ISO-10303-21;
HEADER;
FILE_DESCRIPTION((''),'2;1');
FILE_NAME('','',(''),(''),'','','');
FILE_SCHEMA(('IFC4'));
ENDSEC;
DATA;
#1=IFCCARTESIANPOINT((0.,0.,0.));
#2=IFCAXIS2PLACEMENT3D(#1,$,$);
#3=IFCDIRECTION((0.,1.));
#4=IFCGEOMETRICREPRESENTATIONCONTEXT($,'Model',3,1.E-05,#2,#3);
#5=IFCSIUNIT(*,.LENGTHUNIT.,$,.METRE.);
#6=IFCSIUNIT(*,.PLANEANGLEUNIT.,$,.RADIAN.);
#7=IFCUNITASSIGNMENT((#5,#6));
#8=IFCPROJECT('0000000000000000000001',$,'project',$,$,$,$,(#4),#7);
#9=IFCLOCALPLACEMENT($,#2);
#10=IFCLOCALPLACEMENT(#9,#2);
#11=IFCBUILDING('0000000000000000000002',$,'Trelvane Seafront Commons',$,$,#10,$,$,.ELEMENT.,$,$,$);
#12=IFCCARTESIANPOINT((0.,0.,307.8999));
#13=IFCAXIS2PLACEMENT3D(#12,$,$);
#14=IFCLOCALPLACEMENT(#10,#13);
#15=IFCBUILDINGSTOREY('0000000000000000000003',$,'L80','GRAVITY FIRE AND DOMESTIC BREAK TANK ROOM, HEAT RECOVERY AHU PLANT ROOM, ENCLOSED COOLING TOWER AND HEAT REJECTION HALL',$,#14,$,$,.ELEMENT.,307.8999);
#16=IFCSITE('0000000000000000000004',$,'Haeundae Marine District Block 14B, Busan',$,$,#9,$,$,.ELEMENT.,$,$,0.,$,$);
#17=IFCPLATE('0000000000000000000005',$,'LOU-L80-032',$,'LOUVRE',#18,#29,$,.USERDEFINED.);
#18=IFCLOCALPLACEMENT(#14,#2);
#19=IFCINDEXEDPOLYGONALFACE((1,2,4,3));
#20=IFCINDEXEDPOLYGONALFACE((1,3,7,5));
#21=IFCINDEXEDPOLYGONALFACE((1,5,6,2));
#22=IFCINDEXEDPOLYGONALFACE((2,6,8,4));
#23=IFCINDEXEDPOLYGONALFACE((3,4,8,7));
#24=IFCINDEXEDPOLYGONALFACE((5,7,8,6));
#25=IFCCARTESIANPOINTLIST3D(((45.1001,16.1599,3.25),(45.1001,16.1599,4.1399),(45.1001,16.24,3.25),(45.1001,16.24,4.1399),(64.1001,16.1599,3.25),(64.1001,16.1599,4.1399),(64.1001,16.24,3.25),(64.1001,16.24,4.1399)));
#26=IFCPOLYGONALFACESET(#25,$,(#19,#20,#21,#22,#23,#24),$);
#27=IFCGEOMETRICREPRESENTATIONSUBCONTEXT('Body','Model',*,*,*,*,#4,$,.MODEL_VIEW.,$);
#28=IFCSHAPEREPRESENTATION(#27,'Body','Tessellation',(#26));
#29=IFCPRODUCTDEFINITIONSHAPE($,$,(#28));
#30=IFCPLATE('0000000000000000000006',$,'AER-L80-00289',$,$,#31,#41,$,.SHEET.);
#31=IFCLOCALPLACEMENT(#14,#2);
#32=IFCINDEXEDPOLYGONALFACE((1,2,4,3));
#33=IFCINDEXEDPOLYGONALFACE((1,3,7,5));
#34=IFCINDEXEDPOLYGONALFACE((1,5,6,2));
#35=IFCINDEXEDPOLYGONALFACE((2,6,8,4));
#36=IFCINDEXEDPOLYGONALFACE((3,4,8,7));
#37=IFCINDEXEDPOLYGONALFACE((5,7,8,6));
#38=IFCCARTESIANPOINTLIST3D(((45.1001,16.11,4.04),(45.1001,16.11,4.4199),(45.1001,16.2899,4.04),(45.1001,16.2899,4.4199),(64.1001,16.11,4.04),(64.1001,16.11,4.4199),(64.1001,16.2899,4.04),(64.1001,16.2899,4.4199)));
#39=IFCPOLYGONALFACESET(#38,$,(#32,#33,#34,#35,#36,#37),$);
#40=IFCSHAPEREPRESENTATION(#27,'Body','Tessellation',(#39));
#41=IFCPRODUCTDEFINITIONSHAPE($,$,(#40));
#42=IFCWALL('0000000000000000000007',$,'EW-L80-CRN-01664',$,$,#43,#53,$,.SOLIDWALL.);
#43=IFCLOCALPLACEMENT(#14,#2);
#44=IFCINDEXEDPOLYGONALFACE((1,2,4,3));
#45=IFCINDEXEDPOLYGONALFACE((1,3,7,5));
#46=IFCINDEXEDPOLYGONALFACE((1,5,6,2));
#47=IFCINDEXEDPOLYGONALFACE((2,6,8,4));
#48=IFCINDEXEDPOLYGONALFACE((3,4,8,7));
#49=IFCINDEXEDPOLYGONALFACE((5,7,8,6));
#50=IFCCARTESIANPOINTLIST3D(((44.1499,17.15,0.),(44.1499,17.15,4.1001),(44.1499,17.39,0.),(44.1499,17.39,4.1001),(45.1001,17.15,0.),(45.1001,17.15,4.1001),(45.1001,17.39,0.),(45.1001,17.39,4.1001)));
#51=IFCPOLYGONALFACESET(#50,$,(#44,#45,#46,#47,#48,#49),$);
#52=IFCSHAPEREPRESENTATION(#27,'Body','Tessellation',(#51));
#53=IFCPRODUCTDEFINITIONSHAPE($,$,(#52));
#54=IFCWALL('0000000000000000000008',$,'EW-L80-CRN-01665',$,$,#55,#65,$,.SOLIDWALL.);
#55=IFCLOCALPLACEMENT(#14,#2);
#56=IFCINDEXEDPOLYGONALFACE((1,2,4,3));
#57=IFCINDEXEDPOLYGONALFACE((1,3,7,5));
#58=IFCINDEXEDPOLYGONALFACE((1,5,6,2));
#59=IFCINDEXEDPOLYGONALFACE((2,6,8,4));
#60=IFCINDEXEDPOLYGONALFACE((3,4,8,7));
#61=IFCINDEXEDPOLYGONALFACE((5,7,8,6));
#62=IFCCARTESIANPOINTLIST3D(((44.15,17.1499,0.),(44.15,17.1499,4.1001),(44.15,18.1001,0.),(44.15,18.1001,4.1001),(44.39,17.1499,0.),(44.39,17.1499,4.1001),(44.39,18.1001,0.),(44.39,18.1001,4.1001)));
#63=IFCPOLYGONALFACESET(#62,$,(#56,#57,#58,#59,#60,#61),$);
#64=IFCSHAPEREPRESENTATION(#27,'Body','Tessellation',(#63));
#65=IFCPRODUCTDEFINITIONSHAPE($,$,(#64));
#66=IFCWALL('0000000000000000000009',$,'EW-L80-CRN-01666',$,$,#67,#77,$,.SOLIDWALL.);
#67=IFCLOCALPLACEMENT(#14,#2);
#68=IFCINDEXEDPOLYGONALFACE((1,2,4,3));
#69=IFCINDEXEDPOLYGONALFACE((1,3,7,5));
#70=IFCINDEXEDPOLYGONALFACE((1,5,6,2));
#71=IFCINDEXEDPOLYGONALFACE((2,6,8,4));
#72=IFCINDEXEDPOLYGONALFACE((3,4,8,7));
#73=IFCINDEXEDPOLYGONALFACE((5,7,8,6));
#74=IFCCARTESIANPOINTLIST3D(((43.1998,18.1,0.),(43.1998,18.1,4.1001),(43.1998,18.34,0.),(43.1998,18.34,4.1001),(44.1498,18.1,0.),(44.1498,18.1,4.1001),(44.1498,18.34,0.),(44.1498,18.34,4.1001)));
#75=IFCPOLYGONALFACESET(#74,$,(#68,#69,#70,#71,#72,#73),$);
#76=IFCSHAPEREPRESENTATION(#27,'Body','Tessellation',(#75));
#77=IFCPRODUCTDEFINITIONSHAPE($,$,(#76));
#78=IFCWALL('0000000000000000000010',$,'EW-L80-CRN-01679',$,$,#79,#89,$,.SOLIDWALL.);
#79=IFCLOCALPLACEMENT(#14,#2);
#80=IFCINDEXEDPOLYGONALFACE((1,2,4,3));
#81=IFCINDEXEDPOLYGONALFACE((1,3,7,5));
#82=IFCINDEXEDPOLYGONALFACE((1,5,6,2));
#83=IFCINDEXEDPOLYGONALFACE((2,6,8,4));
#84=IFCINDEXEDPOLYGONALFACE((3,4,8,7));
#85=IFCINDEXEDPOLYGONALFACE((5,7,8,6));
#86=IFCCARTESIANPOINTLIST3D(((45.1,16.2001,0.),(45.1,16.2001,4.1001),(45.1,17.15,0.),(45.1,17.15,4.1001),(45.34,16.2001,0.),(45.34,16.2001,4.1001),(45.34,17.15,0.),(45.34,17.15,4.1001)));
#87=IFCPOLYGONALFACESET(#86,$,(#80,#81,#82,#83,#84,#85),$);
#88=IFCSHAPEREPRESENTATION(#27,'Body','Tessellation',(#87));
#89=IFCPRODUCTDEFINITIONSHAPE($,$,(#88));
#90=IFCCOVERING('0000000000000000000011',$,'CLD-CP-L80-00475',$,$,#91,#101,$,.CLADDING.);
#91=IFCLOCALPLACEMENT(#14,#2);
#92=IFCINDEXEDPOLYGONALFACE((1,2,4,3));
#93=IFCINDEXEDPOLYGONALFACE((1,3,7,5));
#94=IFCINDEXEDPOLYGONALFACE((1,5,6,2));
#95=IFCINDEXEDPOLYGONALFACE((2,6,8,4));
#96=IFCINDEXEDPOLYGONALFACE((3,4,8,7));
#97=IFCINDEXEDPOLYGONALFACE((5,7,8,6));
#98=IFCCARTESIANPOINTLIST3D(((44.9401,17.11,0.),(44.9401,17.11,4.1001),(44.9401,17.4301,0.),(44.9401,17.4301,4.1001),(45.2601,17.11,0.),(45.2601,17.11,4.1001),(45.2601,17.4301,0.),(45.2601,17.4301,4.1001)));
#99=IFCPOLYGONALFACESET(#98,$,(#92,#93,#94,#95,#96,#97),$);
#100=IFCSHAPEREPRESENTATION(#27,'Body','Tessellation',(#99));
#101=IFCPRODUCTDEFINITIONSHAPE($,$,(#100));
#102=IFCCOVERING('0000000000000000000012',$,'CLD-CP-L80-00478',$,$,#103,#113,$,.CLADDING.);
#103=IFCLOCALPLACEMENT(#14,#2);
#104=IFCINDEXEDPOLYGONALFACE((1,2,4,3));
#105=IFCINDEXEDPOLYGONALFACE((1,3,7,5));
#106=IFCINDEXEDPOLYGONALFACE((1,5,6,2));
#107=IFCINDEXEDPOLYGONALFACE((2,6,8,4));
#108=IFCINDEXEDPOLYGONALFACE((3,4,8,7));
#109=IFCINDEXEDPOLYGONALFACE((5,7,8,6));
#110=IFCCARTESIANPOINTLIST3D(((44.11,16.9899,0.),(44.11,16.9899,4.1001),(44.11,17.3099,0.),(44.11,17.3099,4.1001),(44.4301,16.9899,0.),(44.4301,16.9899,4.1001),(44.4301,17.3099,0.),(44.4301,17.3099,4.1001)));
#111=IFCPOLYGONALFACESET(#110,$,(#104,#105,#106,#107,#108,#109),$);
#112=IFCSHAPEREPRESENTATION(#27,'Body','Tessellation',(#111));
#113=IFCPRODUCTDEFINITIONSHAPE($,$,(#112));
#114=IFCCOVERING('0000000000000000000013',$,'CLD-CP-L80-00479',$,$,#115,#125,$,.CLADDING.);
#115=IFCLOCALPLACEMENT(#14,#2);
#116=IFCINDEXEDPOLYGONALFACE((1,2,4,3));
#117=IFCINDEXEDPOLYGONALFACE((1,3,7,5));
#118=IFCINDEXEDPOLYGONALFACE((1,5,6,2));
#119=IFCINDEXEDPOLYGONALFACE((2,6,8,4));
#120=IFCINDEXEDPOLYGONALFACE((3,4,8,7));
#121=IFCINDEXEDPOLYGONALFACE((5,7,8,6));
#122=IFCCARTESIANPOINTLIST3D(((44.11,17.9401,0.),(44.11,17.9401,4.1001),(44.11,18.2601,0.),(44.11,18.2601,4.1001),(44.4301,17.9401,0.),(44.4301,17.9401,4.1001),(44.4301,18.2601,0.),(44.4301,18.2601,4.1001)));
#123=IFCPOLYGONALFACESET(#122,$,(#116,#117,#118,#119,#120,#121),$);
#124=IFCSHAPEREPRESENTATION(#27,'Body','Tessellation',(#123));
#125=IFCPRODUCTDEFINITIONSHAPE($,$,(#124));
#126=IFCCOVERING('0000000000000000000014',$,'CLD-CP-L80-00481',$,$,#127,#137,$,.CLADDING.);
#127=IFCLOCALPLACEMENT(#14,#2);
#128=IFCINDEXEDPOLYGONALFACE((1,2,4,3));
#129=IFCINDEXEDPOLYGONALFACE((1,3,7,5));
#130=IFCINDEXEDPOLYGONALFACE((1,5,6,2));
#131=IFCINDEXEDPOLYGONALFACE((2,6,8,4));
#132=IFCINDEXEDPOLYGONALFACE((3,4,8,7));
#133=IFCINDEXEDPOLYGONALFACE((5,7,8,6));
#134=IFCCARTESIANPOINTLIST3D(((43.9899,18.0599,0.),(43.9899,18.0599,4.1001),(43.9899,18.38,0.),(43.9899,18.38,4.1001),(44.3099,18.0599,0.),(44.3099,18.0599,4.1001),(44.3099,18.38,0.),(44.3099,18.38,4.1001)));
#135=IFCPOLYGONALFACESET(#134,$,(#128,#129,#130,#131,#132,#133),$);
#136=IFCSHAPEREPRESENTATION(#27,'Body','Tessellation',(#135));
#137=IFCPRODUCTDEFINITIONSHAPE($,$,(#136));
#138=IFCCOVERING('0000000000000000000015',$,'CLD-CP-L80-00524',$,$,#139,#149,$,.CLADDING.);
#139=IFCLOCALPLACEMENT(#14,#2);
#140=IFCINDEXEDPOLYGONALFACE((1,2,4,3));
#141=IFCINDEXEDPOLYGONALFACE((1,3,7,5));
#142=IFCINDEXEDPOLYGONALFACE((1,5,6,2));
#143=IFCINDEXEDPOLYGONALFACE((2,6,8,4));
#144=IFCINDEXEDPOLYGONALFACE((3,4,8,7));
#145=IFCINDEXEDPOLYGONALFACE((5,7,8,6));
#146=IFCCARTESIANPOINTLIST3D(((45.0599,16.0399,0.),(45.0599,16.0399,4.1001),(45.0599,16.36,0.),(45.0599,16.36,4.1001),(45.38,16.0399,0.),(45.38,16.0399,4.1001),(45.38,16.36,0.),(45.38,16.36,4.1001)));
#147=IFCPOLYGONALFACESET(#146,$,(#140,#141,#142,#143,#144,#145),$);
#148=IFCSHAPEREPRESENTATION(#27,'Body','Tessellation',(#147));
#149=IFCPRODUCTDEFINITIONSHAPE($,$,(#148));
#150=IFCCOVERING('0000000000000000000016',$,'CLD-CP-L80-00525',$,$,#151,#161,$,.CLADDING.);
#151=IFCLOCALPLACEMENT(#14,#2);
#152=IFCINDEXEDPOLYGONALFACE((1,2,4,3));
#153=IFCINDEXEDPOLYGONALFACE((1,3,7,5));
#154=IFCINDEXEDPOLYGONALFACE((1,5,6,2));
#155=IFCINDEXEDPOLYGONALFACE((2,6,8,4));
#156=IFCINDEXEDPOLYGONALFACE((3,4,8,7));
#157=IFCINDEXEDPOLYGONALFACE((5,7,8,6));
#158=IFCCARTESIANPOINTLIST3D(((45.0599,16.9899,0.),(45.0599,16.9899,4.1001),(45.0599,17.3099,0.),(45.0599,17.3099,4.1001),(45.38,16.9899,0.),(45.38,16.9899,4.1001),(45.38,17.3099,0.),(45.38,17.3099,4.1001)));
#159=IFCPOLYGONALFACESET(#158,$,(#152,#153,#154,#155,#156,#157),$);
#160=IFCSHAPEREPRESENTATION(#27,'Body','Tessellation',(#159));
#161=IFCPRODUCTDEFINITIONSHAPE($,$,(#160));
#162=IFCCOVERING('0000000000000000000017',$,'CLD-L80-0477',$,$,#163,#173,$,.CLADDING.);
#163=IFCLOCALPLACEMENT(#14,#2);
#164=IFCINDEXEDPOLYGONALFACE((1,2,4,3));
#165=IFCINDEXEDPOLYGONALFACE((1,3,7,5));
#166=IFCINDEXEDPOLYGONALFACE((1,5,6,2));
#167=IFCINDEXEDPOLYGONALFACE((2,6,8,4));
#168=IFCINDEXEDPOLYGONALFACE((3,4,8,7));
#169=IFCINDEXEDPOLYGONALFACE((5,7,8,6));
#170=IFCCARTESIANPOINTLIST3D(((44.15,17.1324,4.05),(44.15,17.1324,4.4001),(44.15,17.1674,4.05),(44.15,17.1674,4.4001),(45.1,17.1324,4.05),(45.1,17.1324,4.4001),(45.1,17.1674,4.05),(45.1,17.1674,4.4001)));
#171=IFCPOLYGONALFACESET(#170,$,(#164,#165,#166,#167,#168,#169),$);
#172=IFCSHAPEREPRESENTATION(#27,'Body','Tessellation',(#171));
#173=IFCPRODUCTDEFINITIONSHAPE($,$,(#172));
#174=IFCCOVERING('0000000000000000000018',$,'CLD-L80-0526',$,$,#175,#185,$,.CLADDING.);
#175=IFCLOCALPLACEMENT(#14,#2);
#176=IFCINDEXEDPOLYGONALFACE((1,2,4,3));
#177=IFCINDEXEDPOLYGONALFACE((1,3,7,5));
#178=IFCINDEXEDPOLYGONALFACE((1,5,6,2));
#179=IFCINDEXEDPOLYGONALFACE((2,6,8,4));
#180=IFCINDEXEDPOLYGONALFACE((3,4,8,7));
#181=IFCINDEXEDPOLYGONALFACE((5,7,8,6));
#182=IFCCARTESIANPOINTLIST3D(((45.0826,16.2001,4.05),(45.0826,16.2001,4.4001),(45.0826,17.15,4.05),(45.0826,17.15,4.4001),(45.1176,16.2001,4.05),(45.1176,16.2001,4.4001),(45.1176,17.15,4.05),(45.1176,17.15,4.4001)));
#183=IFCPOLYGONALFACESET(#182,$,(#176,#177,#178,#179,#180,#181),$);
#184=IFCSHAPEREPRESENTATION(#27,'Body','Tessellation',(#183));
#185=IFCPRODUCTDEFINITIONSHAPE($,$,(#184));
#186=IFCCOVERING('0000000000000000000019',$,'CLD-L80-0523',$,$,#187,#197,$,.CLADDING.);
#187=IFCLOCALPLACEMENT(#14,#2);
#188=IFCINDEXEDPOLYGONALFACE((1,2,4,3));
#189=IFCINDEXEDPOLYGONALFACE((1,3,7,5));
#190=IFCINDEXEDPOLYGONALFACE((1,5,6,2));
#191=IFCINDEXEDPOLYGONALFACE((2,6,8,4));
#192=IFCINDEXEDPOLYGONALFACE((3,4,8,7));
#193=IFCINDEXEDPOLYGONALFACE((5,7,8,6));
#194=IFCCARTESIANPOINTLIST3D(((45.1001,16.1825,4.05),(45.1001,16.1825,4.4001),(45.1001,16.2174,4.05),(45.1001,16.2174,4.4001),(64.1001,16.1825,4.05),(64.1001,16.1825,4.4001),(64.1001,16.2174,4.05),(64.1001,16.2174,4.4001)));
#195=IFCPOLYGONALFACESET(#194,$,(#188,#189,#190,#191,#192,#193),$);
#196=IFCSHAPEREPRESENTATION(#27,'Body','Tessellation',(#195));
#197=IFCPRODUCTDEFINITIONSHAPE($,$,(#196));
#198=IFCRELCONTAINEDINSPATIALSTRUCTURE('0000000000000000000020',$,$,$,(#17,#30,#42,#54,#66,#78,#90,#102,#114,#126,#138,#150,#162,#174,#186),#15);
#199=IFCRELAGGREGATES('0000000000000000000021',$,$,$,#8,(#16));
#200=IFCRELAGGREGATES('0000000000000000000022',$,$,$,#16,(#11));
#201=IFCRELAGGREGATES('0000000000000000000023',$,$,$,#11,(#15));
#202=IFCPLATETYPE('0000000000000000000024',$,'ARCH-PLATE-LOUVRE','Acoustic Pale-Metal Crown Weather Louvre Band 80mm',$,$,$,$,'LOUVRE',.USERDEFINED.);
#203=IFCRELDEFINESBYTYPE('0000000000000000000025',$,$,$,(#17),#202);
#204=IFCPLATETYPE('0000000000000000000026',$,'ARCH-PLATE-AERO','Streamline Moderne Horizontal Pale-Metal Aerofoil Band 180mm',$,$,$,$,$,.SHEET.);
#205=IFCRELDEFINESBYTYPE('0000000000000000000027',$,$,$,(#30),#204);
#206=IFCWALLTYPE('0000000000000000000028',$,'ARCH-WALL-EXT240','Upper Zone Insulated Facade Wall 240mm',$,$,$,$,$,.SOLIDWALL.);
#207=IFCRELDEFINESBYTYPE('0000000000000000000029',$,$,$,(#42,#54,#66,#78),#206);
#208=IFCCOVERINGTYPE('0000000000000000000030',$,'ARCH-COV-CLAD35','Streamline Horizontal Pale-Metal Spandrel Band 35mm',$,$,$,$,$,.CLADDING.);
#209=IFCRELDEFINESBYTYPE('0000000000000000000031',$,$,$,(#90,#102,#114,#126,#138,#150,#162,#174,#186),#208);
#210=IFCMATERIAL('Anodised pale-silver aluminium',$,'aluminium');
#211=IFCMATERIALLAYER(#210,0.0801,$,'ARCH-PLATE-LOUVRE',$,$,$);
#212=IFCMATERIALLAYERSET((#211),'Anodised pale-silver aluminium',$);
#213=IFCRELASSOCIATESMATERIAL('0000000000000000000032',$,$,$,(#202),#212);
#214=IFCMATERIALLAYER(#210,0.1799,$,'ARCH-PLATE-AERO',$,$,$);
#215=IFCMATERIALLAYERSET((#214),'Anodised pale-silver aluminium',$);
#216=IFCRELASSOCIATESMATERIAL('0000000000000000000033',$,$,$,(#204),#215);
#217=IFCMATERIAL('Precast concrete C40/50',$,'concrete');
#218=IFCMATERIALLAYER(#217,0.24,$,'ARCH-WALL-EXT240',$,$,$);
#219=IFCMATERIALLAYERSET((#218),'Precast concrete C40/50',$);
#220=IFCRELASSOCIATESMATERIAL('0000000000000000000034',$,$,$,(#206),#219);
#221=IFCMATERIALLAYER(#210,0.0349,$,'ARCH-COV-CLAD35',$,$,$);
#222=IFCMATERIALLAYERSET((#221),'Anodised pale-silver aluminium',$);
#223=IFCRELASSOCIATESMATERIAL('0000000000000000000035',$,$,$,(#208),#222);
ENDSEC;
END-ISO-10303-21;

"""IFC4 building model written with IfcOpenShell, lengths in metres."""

from ifc_helpers import new_model, si_unit, direction, frame, frame_2d, origin, origin_2d, place, context, subcontext, project, spatial, rectangle, extrude, source, transform, mapped, material, layer, layer_set, type_object, element, save


model = new_model("IFC4")

# Units and contexts
model_context = context("Model", 3, precision=1e-05, world=origin(), true_north=direction((0.0, 1.0)))
body_context = subcontext(model_context, "Body", "Model", "MODEL_VIEW")
ifc_project = project(units=[si_unit("LENGTHUNIT", "METRE"), si_unit("PLANEANGLEUNIT", "RADIAN")], contexts=[model_context])

# Site, building, storey
site_placement = place(None, origin())
site = spatial("IfcSite", under=ifc_project, at=site_placement, Name="Haeundae Marine District Block 14B, Busan", CompositionType="ELEMENT", RefElevation=0.0)
building_placement = place(site_placement, origin())
building = spatial("IfcBuilding", under=site, at=building_placement, Name="Trelvane Seafront Commons", CompositionType="ELEMENT")
storey_placement = place(building_placement, frame((0.0, 0.0, 307.8999)))
storey = spatial("IfcBuildingStorey", under=building, at=storey_placement, Name="L80", Description="GRAVITY FIRE AND DOMESTIC BREAK TANK ROOM, HEAT RECOVERY AHU PLANT ROOM, ENCLOSED COOLING TOWER AND HEAT REJECTION HALL", CompositionType="ELEMENT", Elevation=307.8999)

# Shared definitions
ifc_material_1 = material(Name="Anodised pale-silver aluminium", Category="aluminium")

# Plates
ifc_layer_1 = layer(ifc_material_1, 0.0801, Name="ARCH-PLATE-LOUVRE")
ifc_layer_set_1 = layer_set([ifc_layer_1], Name="Anodised pale-silver aluminium")
plate_type_1 = type_object("IfcPlateType", Name="ARCH-PLATE-LOUVRE", Description="Acoustic Pale-Metal Crown Weather Louvre Band 80mm", ElementType="LOUVRE", PredefinedType="USERDEFINED", material=ifc_layer_set_1)
shared_shape_1 = source(origin(), body_context, "Body", "SweptSolid", [
    extrude(rectangle(XDim=19.0, YDim=0.0801, at=origin_2d()), origin(), (0.0, 0.0, 1.0), 0.8899),
])
plate_1_placement = place(storey_placement, frame((54.6001, 16.2, 3.25), z_axis=(0.0, 0.0, 1.0), x_axis=(-1.0, 0.0, 0.0)))
element("IfcPlate", 1, at=plate_1_placement, inside=storey, type_object=plate_type_1, Name="LOU-L80-032", ObjectType="LOUVRE", PredefinedType="USERDEFINED", context=body_context, shape_type="MappedRepresentation", body=[
    mapped(shared_shape_1, transform((0.0, 0.0, 0.0), x_axis=(1.0, 0.0, 0.0), y_axis=(0.0, 1.0, 0.0), z_axis=(0.0, 0.0, 1.0), scale=1.0)),
])
ifc_layer_2 = layer(ifc_material_1, 0.1799, Name="ARCH-PLATE-AERO")
ifc_layer_set_2 = layer_set([ifc_layer_2], Name="Anodised pale-silver aluminium")
plate_type_2 = type_object("IfcPlateType", Name="ARCH-PLATE-AERO", Description="Streamline Moderne Horizontal Pale-Metal Aerofoil Band 180mm", PredefinedType="SHEET", material=ifc_layer_set_2)
shared_shape_2 = source(origin(), body_context, "Body", "SweptSolid", [
    extrude(rectangle(XDim=19.0, YDim=0.1799, at=origin_2d()), origin(), (0.0, 0.0, 1.0), 0.3799),
])
plate_2_placement = place(storey_placement, frame((54.6001, 16.2, 4.04), z_axis=(0.0, 0.0, 1.0), x_axis=(-1.0, 0.0, 0.0)))
element("IfcPlate", 2, at=plate_2_placement, inside=storey, type_object=plate_type_2, Name="AER-L80-00289", PredefinedType="SHEET", context=body_context, shape_type="MappedRepresentation", body=[
    mapped(shared_shape_2, transform((0.0, 0.0, 0.0), x_axis=(1.0, 0.0, 0.0), y_axis=(0.0, 1.0, 0.0), z_axis=(0.0, 0.0, 1.0), scale=1.0)),
])

# Walls
ifc_material_2 = material(Name="Precast concrete C40/50", Category="concrete")
ifc_layer_3 = layer(ifc_material_2, 0.24, Name="ARCH-WALL-EXT240")
ifc_layer_set_3 = layer_set([ifc_layer_3], Name="Precast concrete C40/50")
wall_type = type_object("IfcWallType", Name="ARCH-WALL-EXT240", Description="Upper Zone Insulated Facade Wall 240mm", PredefinedType="SOLIDWALL", material=ifc_layer_set_3)
for number, where, z_axis, x_axis, name in (
    (3, (45.1001, 17.27, 0.0), (0.0, 0.0, 1.0), (-1.0, 0.0, 0.0), "EW-L80-CRN-01664"),
    (4, (44.27, 17.1499, 0.0), (0.0, 0.0, 1.0), (0.0, 1.0, 0.0), "EW-L80-CRN-01665"),
):
    element("IfcWall", number, at=place(storey_placement, frame(where, z_axis=z_axis, x_axis=x_axis)), inside=storey, type_object=wall_type, Name=name, PredefinedType="SOLIDWALL", context=body_context, shape_type="SweptSolid", body=[
        extrude(rectangle(XDim=0.9502, YDim=0.24, at=frame_2d((0.4751, 0.0))), origin(), (0.0, 0.0, 1.0), 4.1001),
    ])
for number, where, z_axis, x_axis, name in (
    (5, (44.1499, 18.22, 0.0), (0.0, 0.0, 1.0), (-1.0, 0.0, 0.0), "EW-L80-CRN-01666"),
    (6, (45.22, 16.2, 0.0), (0.0, 0.0, 1.0), (0.0, 1.0, 0.0), "EW-L80-CRN-01679"),
):
    element("IfcWall", number, at=place(storey_placement, frame(where, z_axis=z_axis, x_axis=x_axis)), inside=storey, type_object=wall_type, Name=name, PredefinedType="SOLIDWALL", context=body_context, shape_type="SweptSolid", body=[
        extrude(rectangle(XDim=0.95, YDim=0.24, at=frame_2d((0.4751, 0.0))), origin(), (0.0, 0.0, 1.0), 4.1001),
    ])

# Coverings
ifc_layer_4 = layer(ifc_material_1, 0.0349, Name="ARCH-COV-CLAD35")
ifc_layer_set_4 = layer_set([ifc_layer_4], Name="Anodised pale-silver aluminium")
covering_type = type_object("IfcCoveringType", Name="ARCH-COV-CLAD35", Description="Streamline Horizontal Pale-Metal Spandrel Band 35mm", PredefinedType="CLADDING", material=ifc_layer_set_4)
shared_shape_3 = source(origin(), body_context, "Body", "SweptSolid", [
    extrude(rectangle(XDim=0.3201, YDim=0.3201, at=origin_2d()), origin(), (0.0, 0.0, 1.0), 4.1001),
])
for number, where, z_axis, x_axis, name in (
    (7, (45.1001, 17.27, 0.0), (0.0, 0.0, 1.0), (1.0, 0.0, 0.0), "CLD-CP-L80-00475"),
    (8, (44.27, 17.1499, 0.0), (0.0, 0.0, 1.0), (1.0, 0.0, 0.0), "CLD-CP-L80-00478"),
    (9, (44.27, 18.1001, 0.0), (0.0, 0.0, 1.0), (1.0, 0.0, 0.0), "CLD-CP-L80-00479"),
    (10, (44.1499, 18.22, 0.0), (0.0, 0.0, 1.0), (1.0, 0.0, 0.0), "CLD-CP-L80-00481"),
    (11, (45.22, 16.2, 0.0), (0.0, 0.0, 1.0), (1.0, 0.0, 0.0), "CLD-CP-L80-00524"),
    (12, (45.22, 17.1499, 0.0), (0.0, 0.0, 1.0), (1.0, 0.0, 0.0), "CLD-CP-L80-00525"),
):
    element("IfcCovering", number, at=place(storey_placement, frame(where, z_axis=z_axis, x_axis=x_axis)), inside=storey, type_object=covering_type, Name=name, PredefinedType="CLADDING", context=body_context, shape_type="MappedRepresentation", body=[
        mapped(shared_shape_3, transform((0.0, 0.0, 0.0), x_axis=(1.0, 0.0, 0.0), y_axis=(0.0, 1.0, 0.0), z_axis=(0.0, 0.0, 1.0), scale=1.0)),
    ])
shared_shape_4 = source(origin(), body_context, "Body", "SweptSolid", [
    extrude(rectangle(XDim=0.95, YDim=0.0349, at=origin_2d()), origin(), (0.0, 0.0, 1.0), 0.3501),
])
for number, where, z_axis, x_axis, name in (
    (13, (44.625, 17.1499, 4.05), (0.0, 0.0, 1.0), (-1.0, 0.0, 0.0), "CLD-L80-0477"),
    (14, (45.1001, 16.675, 4.05), (0.0, 0.0, 1.0), (0.0, 1.0, 0.0), "CLD-L80-0526"),
):
    element("IfcCovering", number, at=place(storey_placement, frame(where, z_axis=z_axis, x_axis=x_axis)), inside=storey, type_object=covering_type, Name=name, PredefinedType="CLADDING", context=body_context, shape_type="MappedRepresentation", body=[
        mapped(shared_shape_4, transform((0.0, 0.0, 0.0), x_axis=(1.0, 0.0, 0.0), y_axis=(0.0, 1.0, 0.0), z_axis=(0.0, 0.0, 1.0), scale=1.0)),
    ])
shared_shape_5 = source(origin(), body_context, "Body", "SweptSolid", [
    extrude(rectangle(XDim=19.0, YDim=0.0349, at=origin_2d()), origin(), (0.0, 0.0, 1.0), 0.3501),
])
covering_placement = place(storey_placement, frame((54.6001, 16.2, 4.05), z_axis=(0.0, 0.0, 1.0), x_axis=(-1.0, 0.0, 0.0)))
element("IfcCovering", 15, at=covering_placement, inside=storey, type_object=covering_type, Name="CLD-L80-0523", PredefinedType="CLADDING", context=body_context, shape_type="MappedRepresentation", body=[
    mapped(shared_shape_5, transform((0.0, 0.0, 0.0), x_axis=(1.0, 0.0, 0.0), y_axis=(0.0, 1.0, 0.0), z_axis=(0.0, 0.0, 1.0), scale=1.0)),
])

save(model, "model.ifc")
